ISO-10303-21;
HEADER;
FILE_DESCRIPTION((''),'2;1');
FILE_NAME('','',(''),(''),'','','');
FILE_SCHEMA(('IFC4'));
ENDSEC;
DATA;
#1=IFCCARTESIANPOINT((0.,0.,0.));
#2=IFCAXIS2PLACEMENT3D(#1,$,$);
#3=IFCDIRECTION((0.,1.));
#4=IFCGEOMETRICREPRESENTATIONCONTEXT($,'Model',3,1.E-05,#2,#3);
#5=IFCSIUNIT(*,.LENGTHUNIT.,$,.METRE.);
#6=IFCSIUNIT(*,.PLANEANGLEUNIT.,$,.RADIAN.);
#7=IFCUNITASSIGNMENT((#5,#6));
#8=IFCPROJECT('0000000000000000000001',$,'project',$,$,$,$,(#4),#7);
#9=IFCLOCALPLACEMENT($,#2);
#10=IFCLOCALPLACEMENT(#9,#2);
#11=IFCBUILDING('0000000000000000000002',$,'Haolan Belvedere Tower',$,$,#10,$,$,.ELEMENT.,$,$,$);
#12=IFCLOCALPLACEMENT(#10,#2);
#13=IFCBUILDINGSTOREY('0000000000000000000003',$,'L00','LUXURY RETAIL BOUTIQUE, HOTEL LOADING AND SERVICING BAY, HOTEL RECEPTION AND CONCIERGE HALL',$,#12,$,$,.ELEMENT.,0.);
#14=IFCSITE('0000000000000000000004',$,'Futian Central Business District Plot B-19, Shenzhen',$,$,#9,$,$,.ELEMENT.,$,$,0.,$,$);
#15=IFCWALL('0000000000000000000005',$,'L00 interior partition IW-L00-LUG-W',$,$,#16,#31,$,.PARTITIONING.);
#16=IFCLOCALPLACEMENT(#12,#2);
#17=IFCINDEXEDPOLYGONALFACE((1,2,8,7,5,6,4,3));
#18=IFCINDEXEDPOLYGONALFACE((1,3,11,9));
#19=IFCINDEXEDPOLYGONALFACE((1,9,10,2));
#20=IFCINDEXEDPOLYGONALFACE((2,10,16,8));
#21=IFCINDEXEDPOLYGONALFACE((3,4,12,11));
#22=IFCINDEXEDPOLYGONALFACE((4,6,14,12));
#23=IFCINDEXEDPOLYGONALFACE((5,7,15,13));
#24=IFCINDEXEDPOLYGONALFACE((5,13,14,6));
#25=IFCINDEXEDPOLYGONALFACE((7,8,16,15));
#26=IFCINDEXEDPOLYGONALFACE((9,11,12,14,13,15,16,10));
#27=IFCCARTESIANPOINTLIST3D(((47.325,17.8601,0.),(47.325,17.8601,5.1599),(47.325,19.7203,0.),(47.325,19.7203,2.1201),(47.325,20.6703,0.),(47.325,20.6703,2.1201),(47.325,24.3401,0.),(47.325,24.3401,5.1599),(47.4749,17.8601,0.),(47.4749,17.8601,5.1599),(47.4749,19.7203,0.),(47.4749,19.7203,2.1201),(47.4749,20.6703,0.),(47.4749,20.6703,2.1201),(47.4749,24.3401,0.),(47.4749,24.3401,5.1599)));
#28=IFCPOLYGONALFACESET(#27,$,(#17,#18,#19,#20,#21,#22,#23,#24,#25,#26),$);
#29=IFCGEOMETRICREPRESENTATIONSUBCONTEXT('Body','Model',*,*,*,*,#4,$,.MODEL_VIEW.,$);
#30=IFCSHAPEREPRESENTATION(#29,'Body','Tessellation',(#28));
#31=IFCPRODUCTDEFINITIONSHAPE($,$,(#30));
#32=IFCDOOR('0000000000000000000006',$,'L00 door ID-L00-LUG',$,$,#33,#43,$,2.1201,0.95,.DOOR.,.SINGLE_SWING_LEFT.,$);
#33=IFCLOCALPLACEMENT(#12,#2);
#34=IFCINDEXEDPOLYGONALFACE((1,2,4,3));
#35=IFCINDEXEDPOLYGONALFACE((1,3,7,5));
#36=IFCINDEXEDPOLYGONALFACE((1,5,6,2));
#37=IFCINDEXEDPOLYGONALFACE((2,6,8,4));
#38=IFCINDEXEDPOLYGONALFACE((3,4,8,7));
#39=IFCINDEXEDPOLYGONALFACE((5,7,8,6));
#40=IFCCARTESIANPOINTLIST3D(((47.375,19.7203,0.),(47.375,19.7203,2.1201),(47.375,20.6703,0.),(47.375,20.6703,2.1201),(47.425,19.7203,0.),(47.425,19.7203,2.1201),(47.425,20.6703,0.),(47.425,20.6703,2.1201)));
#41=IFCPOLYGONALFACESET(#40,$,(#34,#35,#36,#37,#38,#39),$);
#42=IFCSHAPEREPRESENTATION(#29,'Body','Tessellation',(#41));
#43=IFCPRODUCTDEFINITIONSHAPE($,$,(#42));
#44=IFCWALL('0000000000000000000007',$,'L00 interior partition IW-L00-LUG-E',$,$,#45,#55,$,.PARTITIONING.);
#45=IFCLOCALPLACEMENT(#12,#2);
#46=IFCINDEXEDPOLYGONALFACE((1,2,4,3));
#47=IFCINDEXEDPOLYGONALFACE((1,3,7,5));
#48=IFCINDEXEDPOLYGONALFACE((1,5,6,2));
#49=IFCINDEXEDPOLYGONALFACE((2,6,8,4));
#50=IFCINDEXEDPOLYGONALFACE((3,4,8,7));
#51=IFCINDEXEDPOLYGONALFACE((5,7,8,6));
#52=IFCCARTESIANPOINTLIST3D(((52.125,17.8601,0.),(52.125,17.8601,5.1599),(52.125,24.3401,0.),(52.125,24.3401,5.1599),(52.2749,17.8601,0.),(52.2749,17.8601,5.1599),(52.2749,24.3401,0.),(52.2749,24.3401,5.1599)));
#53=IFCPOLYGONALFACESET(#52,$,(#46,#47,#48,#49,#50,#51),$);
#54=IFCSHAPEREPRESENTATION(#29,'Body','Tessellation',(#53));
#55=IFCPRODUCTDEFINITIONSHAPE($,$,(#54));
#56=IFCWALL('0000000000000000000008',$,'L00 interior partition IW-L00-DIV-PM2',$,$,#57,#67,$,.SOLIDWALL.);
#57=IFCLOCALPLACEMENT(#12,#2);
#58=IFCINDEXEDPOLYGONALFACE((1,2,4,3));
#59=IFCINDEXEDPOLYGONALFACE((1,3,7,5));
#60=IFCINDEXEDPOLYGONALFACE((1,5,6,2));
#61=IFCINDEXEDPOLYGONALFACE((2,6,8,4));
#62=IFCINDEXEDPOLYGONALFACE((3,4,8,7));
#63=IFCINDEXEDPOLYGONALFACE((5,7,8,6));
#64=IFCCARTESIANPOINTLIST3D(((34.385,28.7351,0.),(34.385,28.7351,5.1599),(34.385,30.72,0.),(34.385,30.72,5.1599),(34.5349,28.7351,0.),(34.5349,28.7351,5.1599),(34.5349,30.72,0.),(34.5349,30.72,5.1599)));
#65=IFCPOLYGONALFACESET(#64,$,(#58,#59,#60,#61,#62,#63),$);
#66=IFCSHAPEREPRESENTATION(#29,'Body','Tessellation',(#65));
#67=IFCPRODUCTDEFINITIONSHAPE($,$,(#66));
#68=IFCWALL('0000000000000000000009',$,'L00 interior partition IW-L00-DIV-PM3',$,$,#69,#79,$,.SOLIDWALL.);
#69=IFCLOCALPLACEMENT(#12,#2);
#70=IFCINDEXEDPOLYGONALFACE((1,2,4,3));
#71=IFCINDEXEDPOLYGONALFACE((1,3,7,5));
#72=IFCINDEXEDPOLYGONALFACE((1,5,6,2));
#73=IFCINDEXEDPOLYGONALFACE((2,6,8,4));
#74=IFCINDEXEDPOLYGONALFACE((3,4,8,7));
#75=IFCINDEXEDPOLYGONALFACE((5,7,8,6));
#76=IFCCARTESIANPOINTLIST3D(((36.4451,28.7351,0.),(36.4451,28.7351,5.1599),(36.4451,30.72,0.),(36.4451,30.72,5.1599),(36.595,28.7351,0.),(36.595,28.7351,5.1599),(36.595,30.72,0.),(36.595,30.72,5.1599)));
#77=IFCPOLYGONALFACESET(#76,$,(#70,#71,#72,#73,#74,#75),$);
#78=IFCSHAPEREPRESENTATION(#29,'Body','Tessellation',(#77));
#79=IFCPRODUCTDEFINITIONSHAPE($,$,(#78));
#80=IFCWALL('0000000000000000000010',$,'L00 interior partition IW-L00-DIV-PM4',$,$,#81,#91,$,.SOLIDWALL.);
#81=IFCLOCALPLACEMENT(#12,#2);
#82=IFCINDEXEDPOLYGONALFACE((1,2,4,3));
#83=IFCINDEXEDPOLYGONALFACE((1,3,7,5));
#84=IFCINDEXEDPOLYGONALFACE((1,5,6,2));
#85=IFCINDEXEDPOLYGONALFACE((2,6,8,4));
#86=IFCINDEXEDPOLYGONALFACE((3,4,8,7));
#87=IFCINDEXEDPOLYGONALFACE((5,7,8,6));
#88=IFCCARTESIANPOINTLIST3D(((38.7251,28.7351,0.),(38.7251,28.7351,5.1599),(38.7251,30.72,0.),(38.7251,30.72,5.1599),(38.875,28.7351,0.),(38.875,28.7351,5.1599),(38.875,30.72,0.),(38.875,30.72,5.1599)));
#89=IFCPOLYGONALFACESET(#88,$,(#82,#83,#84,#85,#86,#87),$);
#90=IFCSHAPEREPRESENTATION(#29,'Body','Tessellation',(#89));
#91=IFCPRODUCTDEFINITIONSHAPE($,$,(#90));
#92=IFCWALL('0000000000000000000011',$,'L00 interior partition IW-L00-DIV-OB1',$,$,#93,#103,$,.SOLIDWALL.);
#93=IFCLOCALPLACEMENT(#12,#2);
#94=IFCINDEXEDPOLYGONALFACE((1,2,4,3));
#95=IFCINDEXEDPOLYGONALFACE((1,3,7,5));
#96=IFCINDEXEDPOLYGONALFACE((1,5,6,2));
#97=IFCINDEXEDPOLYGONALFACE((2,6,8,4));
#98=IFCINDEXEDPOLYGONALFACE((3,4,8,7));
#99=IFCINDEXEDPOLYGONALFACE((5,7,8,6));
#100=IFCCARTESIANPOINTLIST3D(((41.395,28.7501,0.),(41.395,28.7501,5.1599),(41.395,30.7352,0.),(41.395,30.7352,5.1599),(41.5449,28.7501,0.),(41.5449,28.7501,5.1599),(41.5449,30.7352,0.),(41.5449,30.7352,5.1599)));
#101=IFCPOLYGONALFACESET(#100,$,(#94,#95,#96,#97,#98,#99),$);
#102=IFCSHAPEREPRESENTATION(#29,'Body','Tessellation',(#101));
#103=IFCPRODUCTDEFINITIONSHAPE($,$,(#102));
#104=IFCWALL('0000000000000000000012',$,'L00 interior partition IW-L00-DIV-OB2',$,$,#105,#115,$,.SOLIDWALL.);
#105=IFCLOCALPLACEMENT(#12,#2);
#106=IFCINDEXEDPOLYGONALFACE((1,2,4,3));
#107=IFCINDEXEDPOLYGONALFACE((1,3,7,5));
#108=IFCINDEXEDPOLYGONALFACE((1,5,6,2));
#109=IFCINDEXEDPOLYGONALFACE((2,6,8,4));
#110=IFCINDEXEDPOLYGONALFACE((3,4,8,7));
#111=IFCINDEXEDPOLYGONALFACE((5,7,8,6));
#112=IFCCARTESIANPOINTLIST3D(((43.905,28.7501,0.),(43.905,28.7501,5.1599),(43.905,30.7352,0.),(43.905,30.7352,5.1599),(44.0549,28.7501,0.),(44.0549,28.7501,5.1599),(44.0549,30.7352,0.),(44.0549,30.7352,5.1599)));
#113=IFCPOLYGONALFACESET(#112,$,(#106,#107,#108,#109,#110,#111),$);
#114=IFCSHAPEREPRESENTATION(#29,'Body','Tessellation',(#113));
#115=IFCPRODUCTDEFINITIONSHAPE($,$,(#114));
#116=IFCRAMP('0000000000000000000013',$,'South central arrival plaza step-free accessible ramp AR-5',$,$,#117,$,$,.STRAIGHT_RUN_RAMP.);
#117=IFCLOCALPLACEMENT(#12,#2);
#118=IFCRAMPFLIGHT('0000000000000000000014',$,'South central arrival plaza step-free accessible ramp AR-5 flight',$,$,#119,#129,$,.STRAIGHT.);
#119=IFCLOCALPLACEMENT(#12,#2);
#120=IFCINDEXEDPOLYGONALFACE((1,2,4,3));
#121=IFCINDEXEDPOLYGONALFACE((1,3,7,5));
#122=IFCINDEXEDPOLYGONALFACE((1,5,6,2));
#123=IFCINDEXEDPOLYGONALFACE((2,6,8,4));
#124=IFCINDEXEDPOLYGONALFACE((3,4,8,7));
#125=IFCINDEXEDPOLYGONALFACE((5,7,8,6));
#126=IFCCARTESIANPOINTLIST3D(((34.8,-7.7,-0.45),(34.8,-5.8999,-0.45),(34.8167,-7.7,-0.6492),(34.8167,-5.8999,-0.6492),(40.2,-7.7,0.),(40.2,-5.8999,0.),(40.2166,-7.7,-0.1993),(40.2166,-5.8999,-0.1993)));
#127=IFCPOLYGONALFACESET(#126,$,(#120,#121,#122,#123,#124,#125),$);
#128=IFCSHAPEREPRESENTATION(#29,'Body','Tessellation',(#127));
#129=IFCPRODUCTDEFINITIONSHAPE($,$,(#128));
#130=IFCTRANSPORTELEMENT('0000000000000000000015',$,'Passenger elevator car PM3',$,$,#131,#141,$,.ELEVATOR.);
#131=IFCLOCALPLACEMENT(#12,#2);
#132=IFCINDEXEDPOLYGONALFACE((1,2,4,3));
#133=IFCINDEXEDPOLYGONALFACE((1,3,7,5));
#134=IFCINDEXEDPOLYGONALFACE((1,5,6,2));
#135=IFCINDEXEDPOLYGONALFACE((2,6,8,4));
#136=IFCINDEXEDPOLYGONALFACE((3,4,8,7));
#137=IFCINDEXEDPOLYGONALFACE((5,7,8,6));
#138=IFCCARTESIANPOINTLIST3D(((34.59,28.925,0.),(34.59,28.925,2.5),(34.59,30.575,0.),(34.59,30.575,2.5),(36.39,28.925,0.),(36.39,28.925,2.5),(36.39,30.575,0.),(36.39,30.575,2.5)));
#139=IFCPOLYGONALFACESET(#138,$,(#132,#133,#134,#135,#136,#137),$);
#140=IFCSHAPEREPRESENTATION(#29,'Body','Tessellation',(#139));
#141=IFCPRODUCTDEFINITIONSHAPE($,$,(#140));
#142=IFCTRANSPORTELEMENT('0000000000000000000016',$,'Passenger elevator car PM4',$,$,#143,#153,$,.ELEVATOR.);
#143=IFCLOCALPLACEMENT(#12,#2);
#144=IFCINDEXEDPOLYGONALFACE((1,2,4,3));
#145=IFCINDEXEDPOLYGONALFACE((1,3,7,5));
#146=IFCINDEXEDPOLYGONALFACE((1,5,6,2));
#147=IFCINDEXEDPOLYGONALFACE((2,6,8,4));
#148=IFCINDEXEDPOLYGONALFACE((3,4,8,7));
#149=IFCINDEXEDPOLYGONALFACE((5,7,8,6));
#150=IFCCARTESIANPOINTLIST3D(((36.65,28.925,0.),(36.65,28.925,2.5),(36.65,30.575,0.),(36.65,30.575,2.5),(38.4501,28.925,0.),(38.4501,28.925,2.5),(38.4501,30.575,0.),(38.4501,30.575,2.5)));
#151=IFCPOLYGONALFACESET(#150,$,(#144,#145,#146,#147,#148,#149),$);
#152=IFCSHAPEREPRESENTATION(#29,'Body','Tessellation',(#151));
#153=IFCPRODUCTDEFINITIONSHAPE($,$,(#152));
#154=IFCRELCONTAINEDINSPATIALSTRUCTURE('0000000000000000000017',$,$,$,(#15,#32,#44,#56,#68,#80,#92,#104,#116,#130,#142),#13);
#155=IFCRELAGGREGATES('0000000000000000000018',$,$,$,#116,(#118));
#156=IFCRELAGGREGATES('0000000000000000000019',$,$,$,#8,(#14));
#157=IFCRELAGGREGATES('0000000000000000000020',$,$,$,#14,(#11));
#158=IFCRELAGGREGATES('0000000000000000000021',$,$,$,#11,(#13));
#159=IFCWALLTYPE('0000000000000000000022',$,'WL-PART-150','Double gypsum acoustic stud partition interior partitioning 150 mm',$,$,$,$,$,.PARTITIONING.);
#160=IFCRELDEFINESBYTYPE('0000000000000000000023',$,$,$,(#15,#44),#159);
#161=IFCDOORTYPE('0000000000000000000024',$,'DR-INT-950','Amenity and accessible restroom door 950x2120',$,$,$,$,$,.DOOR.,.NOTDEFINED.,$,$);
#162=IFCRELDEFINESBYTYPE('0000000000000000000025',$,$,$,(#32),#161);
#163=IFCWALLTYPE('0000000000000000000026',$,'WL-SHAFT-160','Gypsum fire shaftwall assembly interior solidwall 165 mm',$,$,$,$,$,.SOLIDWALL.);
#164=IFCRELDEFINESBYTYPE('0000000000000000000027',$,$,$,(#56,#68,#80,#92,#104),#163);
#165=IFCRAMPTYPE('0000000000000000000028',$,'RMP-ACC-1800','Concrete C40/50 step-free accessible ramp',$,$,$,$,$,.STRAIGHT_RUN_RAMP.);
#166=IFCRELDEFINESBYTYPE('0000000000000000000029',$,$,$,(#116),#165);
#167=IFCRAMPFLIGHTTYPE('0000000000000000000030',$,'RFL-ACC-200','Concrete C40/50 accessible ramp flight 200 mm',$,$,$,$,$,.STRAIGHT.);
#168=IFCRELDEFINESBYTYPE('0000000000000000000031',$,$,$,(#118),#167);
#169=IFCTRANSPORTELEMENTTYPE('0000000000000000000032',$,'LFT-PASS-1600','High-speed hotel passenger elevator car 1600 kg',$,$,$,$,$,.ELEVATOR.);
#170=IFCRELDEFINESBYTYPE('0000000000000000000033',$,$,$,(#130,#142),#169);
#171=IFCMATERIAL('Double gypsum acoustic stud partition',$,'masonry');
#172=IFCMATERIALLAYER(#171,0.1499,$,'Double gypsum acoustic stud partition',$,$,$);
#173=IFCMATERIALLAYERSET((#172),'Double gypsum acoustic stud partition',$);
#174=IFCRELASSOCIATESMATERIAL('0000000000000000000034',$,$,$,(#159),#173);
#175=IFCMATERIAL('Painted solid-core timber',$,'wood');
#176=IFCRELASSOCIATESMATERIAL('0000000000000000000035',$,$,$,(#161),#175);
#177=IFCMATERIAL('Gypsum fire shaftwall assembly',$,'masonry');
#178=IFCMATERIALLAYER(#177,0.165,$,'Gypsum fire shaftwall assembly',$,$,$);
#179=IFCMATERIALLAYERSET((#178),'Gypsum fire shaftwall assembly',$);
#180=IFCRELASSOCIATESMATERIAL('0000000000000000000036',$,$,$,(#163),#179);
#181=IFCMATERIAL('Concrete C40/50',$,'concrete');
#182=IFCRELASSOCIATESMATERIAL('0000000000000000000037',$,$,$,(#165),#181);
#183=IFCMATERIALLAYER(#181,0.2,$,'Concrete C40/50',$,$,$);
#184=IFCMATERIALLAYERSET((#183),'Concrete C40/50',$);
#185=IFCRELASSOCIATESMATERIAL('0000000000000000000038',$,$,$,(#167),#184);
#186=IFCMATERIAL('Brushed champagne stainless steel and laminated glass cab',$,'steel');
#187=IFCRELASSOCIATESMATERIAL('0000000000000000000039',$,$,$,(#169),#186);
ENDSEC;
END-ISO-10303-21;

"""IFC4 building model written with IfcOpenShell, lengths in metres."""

from ifc_helpers import new_model, si_unit, direction, frame, frame_2d, origin, origin_2d, place, context, subcontext, project, spatial, polyline, rectangle, outline, extrude, material, layer, layer_set, type_object, element, fill, aggregate, save


model = new_model("IFC4")

# Units and contexts
model_context = context("Model", 3, precision=1e-05, world=origin(), true_north=direction((0.0, 1.0)))
body_context = subcontext(model_context, "Body", "Model", "MODEL_VIEW")
ifc_project = project(units=[si_unit("LENGTHUNIT", "METRE"), si_unit("PLANEANGLEUNIT", "RADIAN")], contexts=[model_context])

# Site, building, storey
site_placement = place(None, origin())
site = spatial("IfcSite", under=ifc_project, at=site_placement, Name="Futian Central Business District Plot B-19, Shenzhen", CompositionType="ELEMENT", RefElevation=0.0)
building_placement = place(site_placement, origin())
building = spatial("IfcBuilding", under=site, at=building_placement, Name="Haolan Belvedere Tower", CompositionType="ELEMENT")
storey_placement = place(building_placement, origin())
storey = spatial("IfcBuildingStorey", under=building, at=storey_placement, Name="L00", Description="LUXURY RETAIL BOUTIQUE, HOTEL LOADING AND SERVICING BAY, HOTEL RECEPTION AND CONCIERGE HALL", CompositionType="ELEMENT", Elevation=0.0)

# Shared definitions
ifc_material_1 = material(Name="Double gypsum acoustic stud partition", Category="masonry")
ifc_layer_1 = layer(ifc_material_1, 0.1499, Name="Double gypsum acoustic stud partition")
ifc_layer_set_1 = layer_set([ifc_layer_1], Name="Double gypsum acoustic stud partition")
wall_type_1 = type_object("IfcWallType", Name="WL-PART-150", Description="Double gypsum acoustic stud partition interior partitioning 150 mm", PredefinedType="PARTITIONING", material=ifc_layer_set_1)

# Wall, opening, door
wall_1_placement = place(storey_placement, frame((47.3999, 17.8601, 0.0), z_axis=(0.0, 0.0, 1.0), x_axis=(0.0, 1.0, 0.0)))
wall_1 = element("IfcWall", 1, at=wall_1_placement, inside=storey, type_object=wall_type_1, Name="L00 interior partition IW-L00-LUG-W", PredefinedType="PARTITIONING", context=body_context, shape_type="SweptSolid", body=[
    extrude(rectangle(XDim=6.48, YDim=0.1499, at=frame_2d((3.24, 0.0))), origin(), (0.0, 0.0, 1.0), 5.1599),
])
opening_placement = place(wall_1_placement, frame((1.8601, 0.0, 0.0)))
opening = element("IfcOpeningElement", 2, at=opening_placement, cuts=wall_1, PredefinedType="OPENING", context=body_context, shape_type="SweptSolid", body=[
    extrude(rectangle(XDim=0.95, YDim=2.1201, at=frame_2d((0.4751, 1.0601))), frame((0.0, 0.085, 0.0), z_axis=(0.0, -1.0, 0.0), x_axis=(1.0, 0.0, 0.0)), (0.0, 0.0, 1.0), 0.1699),
])
ifc_material_2 = material(Name="Painted solid-core timber", Category="wood")
door_type = type_object("IfcDoorType", Name="DR-INT-950", Description="Amenity and accessible restroom door 950x2120", OperationType="NOTDEFINED", PredefinedType="DOOR", material=ifc_material_2)
door_placement = place(opening_placement, origin())
door = element("IfcDoor", 3, at=door_placement, inside=storey, type_object=door_type, Name="L00 door ID-L00-LUG", OperationType="SINGLE_SWING_LEFT", OverallHeight=2.1201, OverallWidth=0.95, PredefinedType="DOOR", context=body_context, shape_type="SweptSolid", body=[
    extrude(rectangle(XDim=0.95, YDim=2.1201, at=frame_2d((0.4751, 1.0601))), frame((0.0, 0.0249, 0.0), z_axis=(0.0, -1.0, 0.0), x_axis=(1.0, 0.0, 0.0)), (0.0, 0.0, 1.0), 0.05),
])
fill(opening, door)

# Walls
wall_2_placement = place(storey_placement, frame((52.2, 17.8601, 0.0), z_axis=(0.0, 0.0, 1.0), x_axis=(0.0, 1.0, 0.0)))
element("IfcWall", 4, at=wall_2_placement, inside=storey, type_object=wall_type_1, Name="L00 interior partition IW-L00-LUG-E", PredefinedType="PARTITIONING", context=body_context, shape_type="SweptSolid", body=[
    extrude(rectangle(XDim=6.48, YDim=0.1499, at=frame_2d((3.24, 0.0))), origin(), (0.0, 0.0, 1.0), 5.1599),
])
ifc_material_3 = material(Name="Gypsum fire shaftwall assembly", Category="masonry")
ifc_layer_2 = layer(ifc_material_3, 0.165, Name="Gypsum fire shaftwall assembly")
ifc_layer_set_2 = layer_set([ifc_layer_2], Name="Gypsum fire shaftwall assembly")
wall_type_2 = type_object("IfcWallType", Name="WL-SHAFT-160", Description="Gypsum fire shaftwall assembly interior solidwall 165 mm", PredefinedType="SOLIDWALL", material=ifc_layer_set_2)
for number, where, z_axis, x_axis, name in (
    (5, (34.46, 28.7351, 0.0), (0.0, 0.0, 1.0), (0.0, 1.0, 0.0), "L00 interior partition IW-L00-DIV-PM2"),
    (6, (36.52, 28.7351, 0.0), (0.0, 0.0, 1.0), (0.0, 1.0, 0.0), "L00 interior partition IW-L00-DIV-PM3"),
    (7, (38.8, 28.7351, 0.0), (0.0, 0.0, 1.0), (0.0, 1.0, 0.0), "L00 interior partition IW-L00-DIV-PM4"),
):
    element("IfcWall", number, at=place(storey_placement, frame(where, z_axis=z_axis, x_axis=x_axis)), inside=storey, type_object=wall_type_2, Name=name, PredefinedType="SOLIDWALL", context=body_context, shape_type="SweptSolid", body=[
        extrude(rectangle(XDim=1.9849, YDim=0.1499, at=frame_2d((0.9924, 0.0))), origin(), (0.0, 0.0, 1.0), 5.1599),
    ])
for number, where, z_axis, x_axis, name in (
    (8, (41.47, 28.75, 0.0), (0.0, 0.0, 1.0), (0.0, 1.0, 0.0), "L00 interior partition IW-L00-DIV-OB1"),
    (9, (43.98, 28.75, 0.0), (0.0, 0.0, 1.0), (0.0, 1.0, 0.0), "L00 interior partition IW-L00-DIV-OB2"),
):
    element("IfcWall", number, at=place(storey_placement, frame(where, z_axis=z_axis, x_axis=x_axis)), inside=storey, type_object=wall_type_2, Name=name, PredefinedType="SOLIDWALL", context=body_context, shape_type="SweptSolid", body=[
        extrude(rectangle(XDim=1.9851, YDim=0.1499, at=frame_2d((0.9927, 0.0))), origin(), (0.0, 0.0, 1.0), 5.1599),
    ])

# Ramp, ramp flight
ifc_material_4 = material(Name="Concrete C40/50", Category="concrete")
ramp_type = type_object("IfcRampType", Name="RMP-ACC-1800", Description="Concrete C40/50 step-free accessible ramp", PredefinedType="STRAIGHT_RUN_RAMP", material=ifc_material_4)
ramp_placement = place(storey_placement, origin())
ramp = element("IfcRamp", 10, at=ramp_placement, inside=storey, type_object=ramp_type, Name="South central arrival plaza step-free accessible ramp AR-5", PredefinedType="STRAIGHT_RUN_RAMP")
ifc_layer_3 = layer(ifc_material_4, 0.2, Name="Concrete C40/50")
ifc_layer_set_3 = layer_set([ifc_layer_3], Name="Concrete C40/50")
ramp_flight_type = type_object("IfcRampFlightType", Name="RFL-ACC-200", Description="Concrete C40/50 accessible ramp flight 200 mm", PredefinedType="STRAIGHT", material=ifc_layer_set_3)
ramp_flight_placement = place(storey_placement, frame((34.8, -7.7, -0.45), z_axis=(-0.083038, 0.0, 0.996546), x_axis=(0.996546, 0.0, 0.083038)))
ramp_flight = element("IfcRampFlight", 11, at=ramp_flight_placement, type_object=ramp_flight_type, Name="South central arrival plaza step-free accessible ramp AR-5 flight", PredefinedType="STRAIGHT", context=body_context, shape_type="SweptSolid", body=[
    extrude(outline(polyline([(0.0, 0.0), (5.4186, 0.0), (5.4186, 1.8), (0.0, 1.8), (0.0, 0.0)])), origin(), (0.0, 0.0, -1.0), 0.2),
])
aggregate(ramp, [ramp_flight])

# Transport elements
ifc_material_5 = material(Name="Brushed champagne stainless steel and laminated glass cab", Category="steel")
transport_element_type = type_object("IfcTransportElementType", Name="LFT-PASS-1600", Description="High-speed hotel passenger elevator car 1600 kg", PredefinedType="ELEVATOR", material=ifc_material_5)
for number, where, z_axis, x_axis, name in (
    (12, (35.49, 29.75, 0.0), (0.0, 0.0, 1.0), (1.0, 0.0, 0.0), "Passenger elevator car PM3"),
    (13, (37.55, 29.75, 0.0), (0.0, 0.0, 1.0), (1.0, 0.0, 0.0), "Passenger elevator car PM4"),
):
    element("IfcTransportElement", number, at=place(storey_placement, frame(where, z_axis=z_axis, x_axis=x_axis)), inside=storey, type_object=transport_element_type, Name=name, PredefinedType="ELEVATOR", context=body_context, shape_type="SweptSolid", body=[
        extrude(rectangle(XDim=1.8, YDim=1.6499, at=origin_2d()), origin(), (0.0, 0.0, 1.0), 2.5),
    ])

save(model, "model.ifc")
